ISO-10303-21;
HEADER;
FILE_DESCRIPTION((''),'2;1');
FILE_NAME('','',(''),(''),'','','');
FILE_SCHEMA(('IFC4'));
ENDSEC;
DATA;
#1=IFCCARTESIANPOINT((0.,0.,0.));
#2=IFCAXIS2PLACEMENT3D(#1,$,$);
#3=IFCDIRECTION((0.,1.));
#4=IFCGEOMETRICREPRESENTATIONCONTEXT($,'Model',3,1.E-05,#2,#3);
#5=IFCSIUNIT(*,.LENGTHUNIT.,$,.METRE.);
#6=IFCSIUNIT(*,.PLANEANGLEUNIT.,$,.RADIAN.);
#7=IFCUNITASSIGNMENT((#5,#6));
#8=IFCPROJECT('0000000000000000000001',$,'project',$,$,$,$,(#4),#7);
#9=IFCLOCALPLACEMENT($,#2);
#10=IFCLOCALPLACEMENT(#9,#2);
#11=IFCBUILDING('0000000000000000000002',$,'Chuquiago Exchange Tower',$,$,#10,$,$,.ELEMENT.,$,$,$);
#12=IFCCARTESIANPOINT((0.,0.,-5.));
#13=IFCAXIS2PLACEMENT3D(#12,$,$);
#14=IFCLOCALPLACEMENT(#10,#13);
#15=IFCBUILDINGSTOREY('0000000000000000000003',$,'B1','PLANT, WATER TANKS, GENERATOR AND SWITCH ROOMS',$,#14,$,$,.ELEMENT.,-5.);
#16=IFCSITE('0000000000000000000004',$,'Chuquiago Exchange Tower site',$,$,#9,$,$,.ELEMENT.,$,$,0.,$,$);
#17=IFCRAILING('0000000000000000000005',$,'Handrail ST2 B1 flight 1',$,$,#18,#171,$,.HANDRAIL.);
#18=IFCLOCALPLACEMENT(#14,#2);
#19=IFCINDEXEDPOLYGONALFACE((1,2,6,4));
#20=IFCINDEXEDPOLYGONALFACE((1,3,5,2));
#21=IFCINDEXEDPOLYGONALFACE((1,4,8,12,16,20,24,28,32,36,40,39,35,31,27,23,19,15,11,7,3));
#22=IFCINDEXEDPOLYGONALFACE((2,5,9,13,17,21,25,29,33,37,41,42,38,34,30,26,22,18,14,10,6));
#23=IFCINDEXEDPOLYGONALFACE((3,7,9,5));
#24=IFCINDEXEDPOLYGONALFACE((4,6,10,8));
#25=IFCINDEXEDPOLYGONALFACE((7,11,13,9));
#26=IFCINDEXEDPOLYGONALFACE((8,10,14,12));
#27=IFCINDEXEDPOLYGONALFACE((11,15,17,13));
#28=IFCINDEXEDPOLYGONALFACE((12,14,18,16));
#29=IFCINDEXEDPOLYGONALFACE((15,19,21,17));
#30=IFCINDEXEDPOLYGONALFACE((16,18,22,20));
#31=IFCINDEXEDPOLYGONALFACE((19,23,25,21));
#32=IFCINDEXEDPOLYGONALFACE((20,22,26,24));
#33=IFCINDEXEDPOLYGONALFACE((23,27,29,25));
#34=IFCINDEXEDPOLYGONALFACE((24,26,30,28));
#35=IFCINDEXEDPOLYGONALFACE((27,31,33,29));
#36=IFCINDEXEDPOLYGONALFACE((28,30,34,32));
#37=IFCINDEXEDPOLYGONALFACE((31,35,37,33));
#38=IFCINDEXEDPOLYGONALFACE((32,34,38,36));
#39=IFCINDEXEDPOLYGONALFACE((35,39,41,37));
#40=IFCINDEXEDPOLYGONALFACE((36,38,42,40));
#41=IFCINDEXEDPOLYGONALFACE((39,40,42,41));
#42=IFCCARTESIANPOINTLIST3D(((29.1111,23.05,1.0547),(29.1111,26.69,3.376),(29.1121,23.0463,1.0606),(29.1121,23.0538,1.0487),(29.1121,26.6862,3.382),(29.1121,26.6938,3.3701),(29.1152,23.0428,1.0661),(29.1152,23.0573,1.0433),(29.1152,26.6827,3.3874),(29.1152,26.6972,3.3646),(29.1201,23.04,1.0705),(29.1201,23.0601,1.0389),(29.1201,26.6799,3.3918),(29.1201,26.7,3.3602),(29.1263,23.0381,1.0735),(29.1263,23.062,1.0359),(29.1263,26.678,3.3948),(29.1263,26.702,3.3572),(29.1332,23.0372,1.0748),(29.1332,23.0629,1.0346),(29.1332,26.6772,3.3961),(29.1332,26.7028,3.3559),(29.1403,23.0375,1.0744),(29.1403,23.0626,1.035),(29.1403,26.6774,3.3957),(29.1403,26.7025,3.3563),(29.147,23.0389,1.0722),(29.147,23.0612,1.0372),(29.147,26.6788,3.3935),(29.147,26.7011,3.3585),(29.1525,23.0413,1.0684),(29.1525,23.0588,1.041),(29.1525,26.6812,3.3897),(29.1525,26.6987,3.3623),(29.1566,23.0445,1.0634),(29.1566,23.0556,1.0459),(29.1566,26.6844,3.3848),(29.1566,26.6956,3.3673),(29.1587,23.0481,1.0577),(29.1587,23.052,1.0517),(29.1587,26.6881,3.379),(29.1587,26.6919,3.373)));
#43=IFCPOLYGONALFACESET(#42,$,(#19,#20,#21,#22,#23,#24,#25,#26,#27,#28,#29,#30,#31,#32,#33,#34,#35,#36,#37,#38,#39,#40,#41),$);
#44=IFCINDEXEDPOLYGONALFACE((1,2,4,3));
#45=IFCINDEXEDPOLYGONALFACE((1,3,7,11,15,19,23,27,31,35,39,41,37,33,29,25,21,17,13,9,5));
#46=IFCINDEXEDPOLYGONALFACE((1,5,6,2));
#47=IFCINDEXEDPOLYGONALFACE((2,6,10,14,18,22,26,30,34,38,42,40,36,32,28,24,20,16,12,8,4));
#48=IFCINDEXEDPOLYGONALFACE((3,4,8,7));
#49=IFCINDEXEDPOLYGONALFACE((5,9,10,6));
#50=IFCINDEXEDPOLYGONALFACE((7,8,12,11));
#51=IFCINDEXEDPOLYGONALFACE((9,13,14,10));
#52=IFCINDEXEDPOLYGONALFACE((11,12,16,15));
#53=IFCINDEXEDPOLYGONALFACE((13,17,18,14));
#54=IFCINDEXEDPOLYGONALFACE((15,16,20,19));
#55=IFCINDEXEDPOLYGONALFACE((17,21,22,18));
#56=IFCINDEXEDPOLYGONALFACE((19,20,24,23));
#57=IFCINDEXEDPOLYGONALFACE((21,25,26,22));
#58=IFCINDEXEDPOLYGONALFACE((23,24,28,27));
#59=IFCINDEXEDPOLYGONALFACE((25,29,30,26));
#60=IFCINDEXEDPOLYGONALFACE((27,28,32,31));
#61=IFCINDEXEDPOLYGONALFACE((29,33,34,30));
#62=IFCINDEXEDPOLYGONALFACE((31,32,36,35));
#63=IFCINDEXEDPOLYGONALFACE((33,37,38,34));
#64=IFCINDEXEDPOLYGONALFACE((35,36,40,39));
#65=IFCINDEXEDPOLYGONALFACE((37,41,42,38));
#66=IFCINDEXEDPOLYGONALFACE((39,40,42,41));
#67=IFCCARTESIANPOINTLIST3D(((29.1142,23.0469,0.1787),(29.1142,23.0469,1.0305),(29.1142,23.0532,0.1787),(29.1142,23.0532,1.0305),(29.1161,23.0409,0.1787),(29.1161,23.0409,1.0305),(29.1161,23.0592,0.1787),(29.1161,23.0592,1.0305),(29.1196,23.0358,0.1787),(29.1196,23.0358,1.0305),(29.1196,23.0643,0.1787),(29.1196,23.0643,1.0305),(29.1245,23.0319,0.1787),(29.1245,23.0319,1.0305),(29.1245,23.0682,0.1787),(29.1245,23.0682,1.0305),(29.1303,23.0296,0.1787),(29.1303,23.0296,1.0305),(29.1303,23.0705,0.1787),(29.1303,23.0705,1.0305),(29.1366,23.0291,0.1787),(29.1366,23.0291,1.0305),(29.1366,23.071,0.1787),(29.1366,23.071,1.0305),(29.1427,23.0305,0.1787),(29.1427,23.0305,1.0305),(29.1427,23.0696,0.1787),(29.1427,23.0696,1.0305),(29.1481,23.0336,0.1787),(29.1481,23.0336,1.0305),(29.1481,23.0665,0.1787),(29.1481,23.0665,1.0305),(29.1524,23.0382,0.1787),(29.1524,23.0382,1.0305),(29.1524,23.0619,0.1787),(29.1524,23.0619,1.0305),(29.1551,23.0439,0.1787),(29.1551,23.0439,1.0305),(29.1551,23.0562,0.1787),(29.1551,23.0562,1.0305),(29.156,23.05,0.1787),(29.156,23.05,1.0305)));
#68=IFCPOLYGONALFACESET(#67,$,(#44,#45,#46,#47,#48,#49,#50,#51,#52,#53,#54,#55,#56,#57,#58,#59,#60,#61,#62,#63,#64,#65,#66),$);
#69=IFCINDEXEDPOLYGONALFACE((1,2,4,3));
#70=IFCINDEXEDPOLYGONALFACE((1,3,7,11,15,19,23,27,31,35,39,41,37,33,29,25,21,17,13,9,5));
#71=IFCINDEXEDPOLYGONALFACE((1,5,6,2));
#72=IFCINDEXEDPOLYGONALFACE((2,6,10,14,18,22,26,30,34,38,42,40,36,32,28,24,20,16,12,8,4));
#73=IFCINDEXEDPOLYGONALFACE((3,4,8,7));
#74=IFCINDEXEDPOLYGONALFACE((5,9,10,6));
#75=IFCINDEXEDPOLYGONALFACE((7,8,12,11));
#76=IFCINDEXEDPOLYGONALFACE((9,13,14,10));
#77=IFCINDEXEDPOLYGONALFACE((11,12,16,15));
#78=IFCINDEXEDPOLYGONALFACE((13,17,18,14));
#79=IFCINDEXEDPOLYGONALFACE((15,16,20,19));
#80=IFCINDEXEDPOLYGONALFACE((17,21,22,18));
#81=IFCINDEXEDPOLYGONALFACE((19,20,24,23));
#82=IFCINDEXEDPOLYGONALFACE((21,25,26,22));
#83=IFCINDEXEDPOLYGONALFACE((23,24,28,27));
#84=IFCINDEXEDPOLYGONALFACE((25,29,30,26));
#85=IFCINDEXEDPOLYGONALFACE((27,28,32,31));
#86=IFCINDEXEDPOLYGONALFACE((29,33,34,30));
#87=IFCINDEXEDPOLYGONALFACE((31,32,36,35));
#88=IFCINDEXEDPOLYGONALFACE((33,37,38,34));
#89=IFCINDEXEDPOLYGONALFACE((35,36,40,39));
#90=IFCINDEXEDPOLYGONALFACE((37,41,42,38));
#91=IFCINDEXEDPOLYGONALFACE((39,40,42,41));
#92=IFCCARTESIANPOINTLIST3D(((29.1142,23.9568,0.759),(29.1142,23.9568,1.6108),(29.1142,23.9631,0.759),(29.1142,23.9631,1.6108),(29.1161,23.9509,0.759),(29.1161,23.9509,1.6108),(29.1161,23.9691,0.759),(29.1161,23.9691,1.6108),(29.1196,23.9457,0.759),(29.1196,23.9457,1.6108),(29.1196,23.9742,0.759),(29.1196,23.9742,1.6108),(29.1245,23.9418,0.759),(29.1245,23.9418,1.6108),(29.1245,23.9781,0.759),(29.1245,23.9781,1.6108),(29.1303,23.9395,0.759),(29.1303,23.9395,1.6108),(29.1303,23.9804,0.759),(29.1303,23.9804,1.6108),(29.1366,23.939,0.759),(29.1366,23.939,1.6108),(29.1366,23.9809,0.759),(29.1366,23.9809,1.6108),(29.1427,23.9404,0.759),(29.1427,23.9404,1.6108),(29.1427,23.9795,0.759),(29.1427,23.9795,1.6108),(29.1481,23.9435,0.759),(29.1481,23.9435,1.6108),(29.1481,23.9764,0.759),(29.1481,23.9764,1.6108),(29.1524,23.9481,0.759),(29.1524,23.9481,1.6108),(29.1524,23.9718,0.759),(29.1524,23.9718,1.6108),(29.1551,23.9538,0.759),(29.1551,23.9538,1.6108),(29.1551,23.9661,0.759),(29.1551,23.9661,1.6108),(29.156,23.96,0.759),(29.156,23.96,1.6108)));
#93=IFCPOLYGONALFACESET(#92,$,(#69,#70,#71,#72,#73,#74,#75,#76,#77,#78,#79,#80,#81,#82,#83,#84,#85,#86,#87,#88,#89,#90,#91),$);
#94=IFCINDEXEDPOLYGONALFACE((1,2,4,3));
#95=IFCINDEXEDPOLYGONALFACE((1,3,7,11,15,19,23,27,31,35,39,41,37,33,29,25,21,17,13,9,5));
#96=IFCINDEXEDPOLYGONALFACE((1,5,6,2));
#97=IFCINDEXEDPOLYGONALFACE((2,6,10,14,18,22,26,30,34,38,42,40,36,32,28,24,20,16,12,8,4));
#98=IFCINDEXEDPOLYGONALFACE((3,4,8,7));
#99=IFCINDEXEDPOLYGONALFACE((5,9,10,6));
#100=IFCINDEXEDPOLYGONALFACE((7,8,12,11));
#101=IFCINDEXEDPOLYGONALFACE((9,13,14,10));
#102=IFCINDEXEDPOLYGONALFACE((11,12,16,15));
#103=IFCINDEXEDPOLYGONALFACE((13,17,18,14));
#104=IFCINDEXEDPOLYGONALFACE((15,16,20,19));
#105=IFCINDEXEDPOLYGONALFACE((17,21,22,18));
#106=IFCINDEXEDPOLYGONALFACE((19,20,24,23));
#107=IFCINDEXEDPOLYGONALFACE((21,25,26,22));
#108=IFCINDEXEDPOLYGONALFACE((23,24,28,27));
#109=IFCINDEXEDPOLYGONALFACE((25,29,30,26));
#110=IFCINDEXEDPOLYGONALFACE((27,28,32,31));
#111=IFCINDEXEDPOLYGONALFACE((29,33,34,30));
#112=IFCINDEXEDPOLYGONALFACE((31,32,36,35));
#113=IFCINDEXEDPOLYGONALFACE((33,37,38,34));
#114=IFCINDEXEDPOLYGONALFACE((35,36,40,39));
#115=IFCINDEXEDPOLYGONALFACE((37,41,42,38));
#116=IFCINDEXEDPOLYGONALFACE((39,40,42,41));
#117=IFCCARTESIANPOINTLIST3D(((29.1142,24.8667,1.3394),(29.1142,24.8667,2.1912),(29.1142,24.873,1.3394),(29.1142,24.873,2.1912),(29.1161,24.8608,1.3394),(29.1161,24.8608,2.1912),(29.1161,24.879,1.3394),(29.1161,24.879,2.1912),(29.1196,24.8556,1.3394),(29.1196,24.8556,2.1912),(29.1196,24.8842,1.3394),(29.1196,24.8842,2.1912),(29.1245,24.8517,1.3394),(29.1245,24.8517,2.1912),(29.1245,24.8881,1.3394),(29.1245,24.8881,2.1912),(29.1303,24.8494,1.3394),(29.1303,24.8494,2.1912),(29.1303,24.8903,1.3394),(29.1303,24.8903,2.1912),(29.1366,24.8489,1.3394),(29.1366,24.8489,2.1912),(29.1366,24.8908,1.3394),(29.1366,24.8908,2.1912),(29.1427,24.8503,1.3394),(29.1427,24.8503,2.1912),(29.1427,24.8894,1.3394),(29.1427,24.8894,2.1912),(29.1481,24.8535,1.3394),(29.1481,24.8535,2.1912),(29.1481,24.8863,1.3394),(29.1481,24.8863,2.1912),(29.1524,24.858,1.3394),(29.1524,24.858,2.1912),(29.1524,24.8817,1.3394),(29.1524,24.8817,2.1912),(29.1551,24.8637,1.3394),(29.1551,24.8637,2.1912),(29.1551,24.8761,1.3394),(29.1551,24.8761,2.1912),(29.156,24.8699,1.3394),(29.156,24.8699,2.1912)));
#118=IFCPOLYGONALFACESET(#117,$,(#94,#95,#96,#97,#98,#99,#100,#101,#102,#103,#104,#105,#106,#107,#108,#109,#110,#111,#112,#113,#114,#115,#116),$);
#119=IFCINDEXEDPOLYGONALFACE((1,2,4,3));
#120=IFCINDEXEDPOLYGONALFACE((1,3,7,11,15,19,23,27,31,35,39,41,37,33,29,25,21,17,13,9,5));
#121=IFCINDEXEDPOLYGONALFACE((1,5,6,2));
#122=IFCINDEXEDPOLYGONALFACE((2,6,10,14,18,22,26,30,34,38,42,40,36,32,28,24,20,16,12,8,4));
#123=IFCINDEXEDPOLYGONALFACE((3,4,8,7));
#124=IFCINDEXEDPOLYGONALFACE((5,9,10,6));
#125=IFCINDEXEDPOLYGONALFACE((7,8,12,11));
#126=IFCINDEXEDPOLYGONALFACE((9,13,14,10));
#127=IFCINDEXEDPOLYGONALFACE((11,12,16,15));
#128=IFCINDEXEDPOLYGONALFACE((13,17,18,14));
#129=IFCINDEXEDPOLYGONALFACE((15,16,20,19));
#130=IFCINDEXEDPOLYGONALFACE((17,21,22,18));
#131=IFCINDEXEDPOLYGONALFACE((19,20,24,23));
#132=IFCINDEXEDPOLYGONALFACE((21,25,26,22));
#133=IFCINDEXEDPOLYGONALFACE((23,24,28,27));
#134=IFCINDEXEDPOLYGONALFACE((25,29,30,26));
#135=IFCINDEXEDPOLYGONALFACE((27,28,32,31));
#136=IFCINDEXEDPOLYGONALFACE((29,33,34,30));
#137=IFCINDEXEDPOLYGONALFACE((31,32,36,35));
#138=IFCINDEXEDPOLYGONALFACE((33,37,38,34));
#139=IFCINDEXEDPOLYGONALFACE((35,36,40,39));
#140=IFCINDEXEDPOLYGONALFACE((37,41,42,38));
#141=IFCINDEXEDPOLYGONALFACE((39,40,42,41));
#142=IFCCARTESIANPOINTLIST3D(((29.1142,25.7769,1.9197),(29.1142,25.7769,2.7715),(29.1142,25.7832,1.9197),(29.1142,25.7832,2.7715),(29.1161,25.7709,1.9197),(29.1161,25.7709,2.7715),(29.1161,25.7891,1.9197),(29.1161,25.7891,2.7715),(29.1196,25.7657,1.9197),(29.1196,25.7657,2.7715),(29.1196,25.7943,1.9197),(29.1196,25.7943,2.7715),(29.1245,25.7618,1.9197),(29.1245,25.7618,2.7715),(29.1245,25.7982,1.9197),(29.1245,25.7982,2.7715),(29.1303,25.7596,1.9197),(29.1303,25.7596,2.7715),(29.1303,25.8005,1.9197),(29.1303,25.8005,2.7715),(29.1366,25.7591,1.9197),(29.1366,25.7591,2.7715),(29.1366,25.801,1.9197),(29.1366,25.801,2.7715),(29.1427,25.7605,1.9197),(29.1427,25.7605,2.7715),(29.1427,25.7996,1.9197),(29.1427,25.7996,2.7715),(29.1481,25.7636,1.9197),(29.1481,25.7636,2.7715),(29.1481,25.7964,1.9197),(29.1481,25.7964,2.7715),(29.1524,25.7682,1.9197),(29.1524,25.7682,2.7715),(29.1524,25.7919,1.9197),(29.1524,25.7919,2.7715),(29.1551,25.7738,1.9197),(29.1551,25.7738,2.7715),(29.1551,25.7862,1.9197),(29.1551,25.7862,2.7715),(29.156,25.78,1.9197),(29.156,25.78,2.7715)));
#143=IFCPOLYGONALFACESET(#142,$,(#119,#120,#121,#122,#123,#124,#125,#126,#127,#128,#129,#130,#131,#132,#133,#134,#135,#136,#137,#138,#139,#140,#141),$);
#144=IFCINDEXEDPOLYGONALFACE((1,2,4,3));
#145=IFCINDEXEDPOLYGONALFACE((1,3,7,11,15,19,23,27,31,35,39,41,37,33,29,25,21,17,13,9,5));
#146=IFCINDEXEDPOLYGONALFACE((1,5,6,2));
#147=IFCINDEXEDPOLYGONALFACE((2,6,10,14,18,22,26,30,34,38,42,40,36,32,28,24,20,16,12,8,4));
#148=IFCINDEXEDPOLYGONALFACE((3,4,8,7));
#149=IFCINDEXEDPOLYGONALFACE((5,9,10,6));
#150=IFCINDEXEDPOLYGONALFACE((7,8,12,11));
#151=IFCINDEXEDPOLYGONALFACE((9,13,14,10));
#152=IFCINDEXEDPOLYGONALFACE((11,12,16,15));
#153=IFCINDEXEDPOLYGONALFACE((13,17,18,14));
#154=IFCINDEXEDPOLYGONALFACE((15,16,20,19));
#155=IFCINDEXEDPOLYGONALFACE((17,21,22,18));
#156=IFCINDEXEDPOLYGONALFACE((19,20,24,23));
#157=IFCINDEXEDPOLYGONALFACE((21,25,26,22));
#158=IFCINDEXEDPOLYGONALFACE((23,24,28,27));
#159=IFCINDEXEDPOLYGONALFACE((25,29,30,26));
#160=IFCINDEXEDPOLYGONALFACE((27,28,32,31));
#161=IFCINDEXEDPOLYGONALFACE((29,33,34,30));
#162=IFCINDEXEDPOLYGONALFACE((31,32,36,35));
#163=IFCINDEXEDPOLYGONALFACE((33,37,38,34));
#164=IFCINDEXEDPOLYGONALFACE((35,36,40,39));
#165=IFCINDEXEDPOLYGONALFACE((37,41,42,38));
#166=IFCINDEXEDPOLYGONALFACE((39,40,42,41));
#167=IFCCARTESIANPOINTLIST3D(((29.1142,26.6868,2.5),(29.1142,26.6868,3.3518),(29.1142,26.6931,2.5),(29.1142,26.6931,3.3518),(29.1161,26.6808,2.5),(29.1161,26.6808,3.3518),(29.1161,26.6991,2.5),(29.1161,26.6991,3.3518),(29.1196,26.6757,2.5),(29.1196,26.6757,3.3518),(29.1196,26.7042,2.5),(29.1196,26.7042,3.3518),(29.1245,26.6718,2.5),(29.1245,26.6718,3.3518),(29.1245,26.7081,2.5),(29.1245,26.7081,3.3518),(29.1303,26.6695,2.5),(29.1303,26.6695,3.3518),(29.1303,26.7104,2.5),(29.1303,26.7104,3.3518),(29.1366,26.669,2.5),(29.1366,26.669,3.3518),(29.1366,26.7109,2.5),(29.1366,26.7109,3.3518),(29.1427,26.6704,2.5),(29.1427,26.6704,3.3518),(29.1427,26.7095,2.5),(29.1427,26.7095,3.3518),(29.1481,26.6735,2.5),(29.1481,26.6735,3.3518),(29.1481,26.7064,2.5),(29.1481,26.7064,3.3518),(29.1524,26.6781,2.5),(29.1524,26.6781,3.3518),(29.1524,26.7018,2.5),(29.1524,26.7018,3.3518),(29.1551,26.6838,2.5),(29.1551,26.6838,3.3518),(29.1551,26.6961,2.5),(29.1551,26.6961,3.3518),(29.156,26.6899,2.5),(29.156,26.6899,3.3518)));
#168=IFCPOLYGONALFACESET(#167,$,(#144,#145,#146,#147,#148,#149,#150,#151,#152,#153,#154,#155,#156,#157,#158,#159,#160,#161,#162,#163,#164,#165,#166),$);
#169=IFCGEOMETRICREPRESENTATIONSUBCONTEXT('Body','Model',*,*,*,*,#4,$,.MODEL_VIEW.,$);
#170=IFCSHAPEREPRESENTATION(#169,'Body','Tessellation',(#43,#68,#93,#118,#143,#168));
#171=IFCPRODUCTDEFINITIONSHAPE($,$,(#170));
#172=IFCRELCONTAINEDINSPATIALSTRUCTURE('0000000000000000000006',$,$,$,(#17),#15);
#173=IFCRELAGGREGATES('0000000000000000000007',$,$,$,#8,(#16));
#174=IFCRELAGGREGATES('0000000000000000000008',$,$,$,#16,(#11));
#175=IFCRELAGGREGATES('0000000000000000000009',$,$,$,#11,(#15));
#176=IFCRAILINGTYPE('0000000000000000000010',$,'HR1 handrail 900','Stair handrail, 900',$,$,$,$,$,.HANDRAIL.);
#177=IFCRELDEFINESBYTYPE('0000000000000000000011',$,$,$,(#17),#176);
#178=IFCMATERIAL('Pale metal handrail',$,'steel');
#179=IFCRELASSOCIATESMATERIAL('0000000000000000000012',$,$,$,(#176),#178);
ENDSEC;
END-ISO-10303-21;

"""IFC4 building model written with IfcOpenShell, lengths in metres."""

from ifc_helpers import new_model, si_unit, direction, frame, origin, origin_2d, place, context, subcontext, project, spatial, circle, extrude, material, type_object, element, save


model = new_model("IFC4")

# Units and contexts
model_context = context("Model", 3, precision=1e-05, world=origin(), true_north=direction((0.0, 1.0)))
body_context = subcontext(model_context, "Body", "Model", "MODEL_VIEW")
ifc_project = project(units=[si_unit("LENGTHUNIT", "METRE"), si_unit("PLANEANGLEUNIT", "RADIAN")], contexts=[model_context])

# Site, building, storey
site_placement = place(None, origin())
site = spatial("IfcSite", under=ifc_project, at=site_placement, Name="Chuquiago Exchange Tower site", CompositionType="ELEMENT", RefElevation=0.0)
building_placement = place(site_placement, origin())
building = spatial("IfcBuilding", under=site, at=building_placement, Name="Chuquiago Exchange Tower", CompositionType="ELEMENT")
storey_placement = place(building_placement, frame((0.0, 0.0, -5.0)))
storey = spatial("IfcBuildingStorey", under=building, at=storey_placement, Name="B1", Description="PLANT, WATER TANKS, GENERATOR AND SWITCH ROOMS", CompositionType="ELEMENT", Elevation=-5.0)

# Railing
ifc_material_1 = material(Name="Pale metal handrail", Category="steel")
railing_type = type_object("IfcRailingType", Name="HR1 handrail 900", Description="Stair handrail, 900", PredefinedType="HANDRAIL", material=ifc_material_1)
for number, where, name in (
    (1, (29.135, 23.05, 0.1787), "Handrail ST2 B1 flight 1"),
):
    element("IfcRailing", number, at=place(storey_placement, frame(where)), inside=storey, type_object=railing_type, Name=name, PredefinedType="HANDRAIL", context=body_context, shape_type="SweptSolid", body=[
        extrude(circle(Radius=0.0239, at=origin_2d()), frame((0.0, 0.0, 0.876), z_axis=(0.0, 0.843137, 0.537699), x_axis=(-1.0, 0.0, 0.0)), (0.0, 0.0, 1.0), 4.3171),
        extrude(circle(Radius=0.021, at=origin_2d()), origin(), (0.0, 0.0, 1.0), 0.8518),
        extrude(circle(Radius=0.021, at=origin_2d()), frame((0.0, 0.9099, 0.5803)), (0.0, 0.0, 1.0), 0.8518),
        extrude(circle(Radius=0.021, at=origin_2d()), frame((0.0, 1.8198, 1.1606)), (0.0, 0.0, 1.0), 0.8518),
        extrude(circle(Radius=0.021, at=origin_2d()), frame((0.0, 2.73, 1.741)), (0.0, 0.0, 1.0), 0.8518),
        extrude(circle(Radius=0.021, at=origin_2d()), frame((0.0, 3.6399, 2.3213)), (0.0, 0.0, 1.0), 0.8518),
    ])

save(model, "model.ifc")
